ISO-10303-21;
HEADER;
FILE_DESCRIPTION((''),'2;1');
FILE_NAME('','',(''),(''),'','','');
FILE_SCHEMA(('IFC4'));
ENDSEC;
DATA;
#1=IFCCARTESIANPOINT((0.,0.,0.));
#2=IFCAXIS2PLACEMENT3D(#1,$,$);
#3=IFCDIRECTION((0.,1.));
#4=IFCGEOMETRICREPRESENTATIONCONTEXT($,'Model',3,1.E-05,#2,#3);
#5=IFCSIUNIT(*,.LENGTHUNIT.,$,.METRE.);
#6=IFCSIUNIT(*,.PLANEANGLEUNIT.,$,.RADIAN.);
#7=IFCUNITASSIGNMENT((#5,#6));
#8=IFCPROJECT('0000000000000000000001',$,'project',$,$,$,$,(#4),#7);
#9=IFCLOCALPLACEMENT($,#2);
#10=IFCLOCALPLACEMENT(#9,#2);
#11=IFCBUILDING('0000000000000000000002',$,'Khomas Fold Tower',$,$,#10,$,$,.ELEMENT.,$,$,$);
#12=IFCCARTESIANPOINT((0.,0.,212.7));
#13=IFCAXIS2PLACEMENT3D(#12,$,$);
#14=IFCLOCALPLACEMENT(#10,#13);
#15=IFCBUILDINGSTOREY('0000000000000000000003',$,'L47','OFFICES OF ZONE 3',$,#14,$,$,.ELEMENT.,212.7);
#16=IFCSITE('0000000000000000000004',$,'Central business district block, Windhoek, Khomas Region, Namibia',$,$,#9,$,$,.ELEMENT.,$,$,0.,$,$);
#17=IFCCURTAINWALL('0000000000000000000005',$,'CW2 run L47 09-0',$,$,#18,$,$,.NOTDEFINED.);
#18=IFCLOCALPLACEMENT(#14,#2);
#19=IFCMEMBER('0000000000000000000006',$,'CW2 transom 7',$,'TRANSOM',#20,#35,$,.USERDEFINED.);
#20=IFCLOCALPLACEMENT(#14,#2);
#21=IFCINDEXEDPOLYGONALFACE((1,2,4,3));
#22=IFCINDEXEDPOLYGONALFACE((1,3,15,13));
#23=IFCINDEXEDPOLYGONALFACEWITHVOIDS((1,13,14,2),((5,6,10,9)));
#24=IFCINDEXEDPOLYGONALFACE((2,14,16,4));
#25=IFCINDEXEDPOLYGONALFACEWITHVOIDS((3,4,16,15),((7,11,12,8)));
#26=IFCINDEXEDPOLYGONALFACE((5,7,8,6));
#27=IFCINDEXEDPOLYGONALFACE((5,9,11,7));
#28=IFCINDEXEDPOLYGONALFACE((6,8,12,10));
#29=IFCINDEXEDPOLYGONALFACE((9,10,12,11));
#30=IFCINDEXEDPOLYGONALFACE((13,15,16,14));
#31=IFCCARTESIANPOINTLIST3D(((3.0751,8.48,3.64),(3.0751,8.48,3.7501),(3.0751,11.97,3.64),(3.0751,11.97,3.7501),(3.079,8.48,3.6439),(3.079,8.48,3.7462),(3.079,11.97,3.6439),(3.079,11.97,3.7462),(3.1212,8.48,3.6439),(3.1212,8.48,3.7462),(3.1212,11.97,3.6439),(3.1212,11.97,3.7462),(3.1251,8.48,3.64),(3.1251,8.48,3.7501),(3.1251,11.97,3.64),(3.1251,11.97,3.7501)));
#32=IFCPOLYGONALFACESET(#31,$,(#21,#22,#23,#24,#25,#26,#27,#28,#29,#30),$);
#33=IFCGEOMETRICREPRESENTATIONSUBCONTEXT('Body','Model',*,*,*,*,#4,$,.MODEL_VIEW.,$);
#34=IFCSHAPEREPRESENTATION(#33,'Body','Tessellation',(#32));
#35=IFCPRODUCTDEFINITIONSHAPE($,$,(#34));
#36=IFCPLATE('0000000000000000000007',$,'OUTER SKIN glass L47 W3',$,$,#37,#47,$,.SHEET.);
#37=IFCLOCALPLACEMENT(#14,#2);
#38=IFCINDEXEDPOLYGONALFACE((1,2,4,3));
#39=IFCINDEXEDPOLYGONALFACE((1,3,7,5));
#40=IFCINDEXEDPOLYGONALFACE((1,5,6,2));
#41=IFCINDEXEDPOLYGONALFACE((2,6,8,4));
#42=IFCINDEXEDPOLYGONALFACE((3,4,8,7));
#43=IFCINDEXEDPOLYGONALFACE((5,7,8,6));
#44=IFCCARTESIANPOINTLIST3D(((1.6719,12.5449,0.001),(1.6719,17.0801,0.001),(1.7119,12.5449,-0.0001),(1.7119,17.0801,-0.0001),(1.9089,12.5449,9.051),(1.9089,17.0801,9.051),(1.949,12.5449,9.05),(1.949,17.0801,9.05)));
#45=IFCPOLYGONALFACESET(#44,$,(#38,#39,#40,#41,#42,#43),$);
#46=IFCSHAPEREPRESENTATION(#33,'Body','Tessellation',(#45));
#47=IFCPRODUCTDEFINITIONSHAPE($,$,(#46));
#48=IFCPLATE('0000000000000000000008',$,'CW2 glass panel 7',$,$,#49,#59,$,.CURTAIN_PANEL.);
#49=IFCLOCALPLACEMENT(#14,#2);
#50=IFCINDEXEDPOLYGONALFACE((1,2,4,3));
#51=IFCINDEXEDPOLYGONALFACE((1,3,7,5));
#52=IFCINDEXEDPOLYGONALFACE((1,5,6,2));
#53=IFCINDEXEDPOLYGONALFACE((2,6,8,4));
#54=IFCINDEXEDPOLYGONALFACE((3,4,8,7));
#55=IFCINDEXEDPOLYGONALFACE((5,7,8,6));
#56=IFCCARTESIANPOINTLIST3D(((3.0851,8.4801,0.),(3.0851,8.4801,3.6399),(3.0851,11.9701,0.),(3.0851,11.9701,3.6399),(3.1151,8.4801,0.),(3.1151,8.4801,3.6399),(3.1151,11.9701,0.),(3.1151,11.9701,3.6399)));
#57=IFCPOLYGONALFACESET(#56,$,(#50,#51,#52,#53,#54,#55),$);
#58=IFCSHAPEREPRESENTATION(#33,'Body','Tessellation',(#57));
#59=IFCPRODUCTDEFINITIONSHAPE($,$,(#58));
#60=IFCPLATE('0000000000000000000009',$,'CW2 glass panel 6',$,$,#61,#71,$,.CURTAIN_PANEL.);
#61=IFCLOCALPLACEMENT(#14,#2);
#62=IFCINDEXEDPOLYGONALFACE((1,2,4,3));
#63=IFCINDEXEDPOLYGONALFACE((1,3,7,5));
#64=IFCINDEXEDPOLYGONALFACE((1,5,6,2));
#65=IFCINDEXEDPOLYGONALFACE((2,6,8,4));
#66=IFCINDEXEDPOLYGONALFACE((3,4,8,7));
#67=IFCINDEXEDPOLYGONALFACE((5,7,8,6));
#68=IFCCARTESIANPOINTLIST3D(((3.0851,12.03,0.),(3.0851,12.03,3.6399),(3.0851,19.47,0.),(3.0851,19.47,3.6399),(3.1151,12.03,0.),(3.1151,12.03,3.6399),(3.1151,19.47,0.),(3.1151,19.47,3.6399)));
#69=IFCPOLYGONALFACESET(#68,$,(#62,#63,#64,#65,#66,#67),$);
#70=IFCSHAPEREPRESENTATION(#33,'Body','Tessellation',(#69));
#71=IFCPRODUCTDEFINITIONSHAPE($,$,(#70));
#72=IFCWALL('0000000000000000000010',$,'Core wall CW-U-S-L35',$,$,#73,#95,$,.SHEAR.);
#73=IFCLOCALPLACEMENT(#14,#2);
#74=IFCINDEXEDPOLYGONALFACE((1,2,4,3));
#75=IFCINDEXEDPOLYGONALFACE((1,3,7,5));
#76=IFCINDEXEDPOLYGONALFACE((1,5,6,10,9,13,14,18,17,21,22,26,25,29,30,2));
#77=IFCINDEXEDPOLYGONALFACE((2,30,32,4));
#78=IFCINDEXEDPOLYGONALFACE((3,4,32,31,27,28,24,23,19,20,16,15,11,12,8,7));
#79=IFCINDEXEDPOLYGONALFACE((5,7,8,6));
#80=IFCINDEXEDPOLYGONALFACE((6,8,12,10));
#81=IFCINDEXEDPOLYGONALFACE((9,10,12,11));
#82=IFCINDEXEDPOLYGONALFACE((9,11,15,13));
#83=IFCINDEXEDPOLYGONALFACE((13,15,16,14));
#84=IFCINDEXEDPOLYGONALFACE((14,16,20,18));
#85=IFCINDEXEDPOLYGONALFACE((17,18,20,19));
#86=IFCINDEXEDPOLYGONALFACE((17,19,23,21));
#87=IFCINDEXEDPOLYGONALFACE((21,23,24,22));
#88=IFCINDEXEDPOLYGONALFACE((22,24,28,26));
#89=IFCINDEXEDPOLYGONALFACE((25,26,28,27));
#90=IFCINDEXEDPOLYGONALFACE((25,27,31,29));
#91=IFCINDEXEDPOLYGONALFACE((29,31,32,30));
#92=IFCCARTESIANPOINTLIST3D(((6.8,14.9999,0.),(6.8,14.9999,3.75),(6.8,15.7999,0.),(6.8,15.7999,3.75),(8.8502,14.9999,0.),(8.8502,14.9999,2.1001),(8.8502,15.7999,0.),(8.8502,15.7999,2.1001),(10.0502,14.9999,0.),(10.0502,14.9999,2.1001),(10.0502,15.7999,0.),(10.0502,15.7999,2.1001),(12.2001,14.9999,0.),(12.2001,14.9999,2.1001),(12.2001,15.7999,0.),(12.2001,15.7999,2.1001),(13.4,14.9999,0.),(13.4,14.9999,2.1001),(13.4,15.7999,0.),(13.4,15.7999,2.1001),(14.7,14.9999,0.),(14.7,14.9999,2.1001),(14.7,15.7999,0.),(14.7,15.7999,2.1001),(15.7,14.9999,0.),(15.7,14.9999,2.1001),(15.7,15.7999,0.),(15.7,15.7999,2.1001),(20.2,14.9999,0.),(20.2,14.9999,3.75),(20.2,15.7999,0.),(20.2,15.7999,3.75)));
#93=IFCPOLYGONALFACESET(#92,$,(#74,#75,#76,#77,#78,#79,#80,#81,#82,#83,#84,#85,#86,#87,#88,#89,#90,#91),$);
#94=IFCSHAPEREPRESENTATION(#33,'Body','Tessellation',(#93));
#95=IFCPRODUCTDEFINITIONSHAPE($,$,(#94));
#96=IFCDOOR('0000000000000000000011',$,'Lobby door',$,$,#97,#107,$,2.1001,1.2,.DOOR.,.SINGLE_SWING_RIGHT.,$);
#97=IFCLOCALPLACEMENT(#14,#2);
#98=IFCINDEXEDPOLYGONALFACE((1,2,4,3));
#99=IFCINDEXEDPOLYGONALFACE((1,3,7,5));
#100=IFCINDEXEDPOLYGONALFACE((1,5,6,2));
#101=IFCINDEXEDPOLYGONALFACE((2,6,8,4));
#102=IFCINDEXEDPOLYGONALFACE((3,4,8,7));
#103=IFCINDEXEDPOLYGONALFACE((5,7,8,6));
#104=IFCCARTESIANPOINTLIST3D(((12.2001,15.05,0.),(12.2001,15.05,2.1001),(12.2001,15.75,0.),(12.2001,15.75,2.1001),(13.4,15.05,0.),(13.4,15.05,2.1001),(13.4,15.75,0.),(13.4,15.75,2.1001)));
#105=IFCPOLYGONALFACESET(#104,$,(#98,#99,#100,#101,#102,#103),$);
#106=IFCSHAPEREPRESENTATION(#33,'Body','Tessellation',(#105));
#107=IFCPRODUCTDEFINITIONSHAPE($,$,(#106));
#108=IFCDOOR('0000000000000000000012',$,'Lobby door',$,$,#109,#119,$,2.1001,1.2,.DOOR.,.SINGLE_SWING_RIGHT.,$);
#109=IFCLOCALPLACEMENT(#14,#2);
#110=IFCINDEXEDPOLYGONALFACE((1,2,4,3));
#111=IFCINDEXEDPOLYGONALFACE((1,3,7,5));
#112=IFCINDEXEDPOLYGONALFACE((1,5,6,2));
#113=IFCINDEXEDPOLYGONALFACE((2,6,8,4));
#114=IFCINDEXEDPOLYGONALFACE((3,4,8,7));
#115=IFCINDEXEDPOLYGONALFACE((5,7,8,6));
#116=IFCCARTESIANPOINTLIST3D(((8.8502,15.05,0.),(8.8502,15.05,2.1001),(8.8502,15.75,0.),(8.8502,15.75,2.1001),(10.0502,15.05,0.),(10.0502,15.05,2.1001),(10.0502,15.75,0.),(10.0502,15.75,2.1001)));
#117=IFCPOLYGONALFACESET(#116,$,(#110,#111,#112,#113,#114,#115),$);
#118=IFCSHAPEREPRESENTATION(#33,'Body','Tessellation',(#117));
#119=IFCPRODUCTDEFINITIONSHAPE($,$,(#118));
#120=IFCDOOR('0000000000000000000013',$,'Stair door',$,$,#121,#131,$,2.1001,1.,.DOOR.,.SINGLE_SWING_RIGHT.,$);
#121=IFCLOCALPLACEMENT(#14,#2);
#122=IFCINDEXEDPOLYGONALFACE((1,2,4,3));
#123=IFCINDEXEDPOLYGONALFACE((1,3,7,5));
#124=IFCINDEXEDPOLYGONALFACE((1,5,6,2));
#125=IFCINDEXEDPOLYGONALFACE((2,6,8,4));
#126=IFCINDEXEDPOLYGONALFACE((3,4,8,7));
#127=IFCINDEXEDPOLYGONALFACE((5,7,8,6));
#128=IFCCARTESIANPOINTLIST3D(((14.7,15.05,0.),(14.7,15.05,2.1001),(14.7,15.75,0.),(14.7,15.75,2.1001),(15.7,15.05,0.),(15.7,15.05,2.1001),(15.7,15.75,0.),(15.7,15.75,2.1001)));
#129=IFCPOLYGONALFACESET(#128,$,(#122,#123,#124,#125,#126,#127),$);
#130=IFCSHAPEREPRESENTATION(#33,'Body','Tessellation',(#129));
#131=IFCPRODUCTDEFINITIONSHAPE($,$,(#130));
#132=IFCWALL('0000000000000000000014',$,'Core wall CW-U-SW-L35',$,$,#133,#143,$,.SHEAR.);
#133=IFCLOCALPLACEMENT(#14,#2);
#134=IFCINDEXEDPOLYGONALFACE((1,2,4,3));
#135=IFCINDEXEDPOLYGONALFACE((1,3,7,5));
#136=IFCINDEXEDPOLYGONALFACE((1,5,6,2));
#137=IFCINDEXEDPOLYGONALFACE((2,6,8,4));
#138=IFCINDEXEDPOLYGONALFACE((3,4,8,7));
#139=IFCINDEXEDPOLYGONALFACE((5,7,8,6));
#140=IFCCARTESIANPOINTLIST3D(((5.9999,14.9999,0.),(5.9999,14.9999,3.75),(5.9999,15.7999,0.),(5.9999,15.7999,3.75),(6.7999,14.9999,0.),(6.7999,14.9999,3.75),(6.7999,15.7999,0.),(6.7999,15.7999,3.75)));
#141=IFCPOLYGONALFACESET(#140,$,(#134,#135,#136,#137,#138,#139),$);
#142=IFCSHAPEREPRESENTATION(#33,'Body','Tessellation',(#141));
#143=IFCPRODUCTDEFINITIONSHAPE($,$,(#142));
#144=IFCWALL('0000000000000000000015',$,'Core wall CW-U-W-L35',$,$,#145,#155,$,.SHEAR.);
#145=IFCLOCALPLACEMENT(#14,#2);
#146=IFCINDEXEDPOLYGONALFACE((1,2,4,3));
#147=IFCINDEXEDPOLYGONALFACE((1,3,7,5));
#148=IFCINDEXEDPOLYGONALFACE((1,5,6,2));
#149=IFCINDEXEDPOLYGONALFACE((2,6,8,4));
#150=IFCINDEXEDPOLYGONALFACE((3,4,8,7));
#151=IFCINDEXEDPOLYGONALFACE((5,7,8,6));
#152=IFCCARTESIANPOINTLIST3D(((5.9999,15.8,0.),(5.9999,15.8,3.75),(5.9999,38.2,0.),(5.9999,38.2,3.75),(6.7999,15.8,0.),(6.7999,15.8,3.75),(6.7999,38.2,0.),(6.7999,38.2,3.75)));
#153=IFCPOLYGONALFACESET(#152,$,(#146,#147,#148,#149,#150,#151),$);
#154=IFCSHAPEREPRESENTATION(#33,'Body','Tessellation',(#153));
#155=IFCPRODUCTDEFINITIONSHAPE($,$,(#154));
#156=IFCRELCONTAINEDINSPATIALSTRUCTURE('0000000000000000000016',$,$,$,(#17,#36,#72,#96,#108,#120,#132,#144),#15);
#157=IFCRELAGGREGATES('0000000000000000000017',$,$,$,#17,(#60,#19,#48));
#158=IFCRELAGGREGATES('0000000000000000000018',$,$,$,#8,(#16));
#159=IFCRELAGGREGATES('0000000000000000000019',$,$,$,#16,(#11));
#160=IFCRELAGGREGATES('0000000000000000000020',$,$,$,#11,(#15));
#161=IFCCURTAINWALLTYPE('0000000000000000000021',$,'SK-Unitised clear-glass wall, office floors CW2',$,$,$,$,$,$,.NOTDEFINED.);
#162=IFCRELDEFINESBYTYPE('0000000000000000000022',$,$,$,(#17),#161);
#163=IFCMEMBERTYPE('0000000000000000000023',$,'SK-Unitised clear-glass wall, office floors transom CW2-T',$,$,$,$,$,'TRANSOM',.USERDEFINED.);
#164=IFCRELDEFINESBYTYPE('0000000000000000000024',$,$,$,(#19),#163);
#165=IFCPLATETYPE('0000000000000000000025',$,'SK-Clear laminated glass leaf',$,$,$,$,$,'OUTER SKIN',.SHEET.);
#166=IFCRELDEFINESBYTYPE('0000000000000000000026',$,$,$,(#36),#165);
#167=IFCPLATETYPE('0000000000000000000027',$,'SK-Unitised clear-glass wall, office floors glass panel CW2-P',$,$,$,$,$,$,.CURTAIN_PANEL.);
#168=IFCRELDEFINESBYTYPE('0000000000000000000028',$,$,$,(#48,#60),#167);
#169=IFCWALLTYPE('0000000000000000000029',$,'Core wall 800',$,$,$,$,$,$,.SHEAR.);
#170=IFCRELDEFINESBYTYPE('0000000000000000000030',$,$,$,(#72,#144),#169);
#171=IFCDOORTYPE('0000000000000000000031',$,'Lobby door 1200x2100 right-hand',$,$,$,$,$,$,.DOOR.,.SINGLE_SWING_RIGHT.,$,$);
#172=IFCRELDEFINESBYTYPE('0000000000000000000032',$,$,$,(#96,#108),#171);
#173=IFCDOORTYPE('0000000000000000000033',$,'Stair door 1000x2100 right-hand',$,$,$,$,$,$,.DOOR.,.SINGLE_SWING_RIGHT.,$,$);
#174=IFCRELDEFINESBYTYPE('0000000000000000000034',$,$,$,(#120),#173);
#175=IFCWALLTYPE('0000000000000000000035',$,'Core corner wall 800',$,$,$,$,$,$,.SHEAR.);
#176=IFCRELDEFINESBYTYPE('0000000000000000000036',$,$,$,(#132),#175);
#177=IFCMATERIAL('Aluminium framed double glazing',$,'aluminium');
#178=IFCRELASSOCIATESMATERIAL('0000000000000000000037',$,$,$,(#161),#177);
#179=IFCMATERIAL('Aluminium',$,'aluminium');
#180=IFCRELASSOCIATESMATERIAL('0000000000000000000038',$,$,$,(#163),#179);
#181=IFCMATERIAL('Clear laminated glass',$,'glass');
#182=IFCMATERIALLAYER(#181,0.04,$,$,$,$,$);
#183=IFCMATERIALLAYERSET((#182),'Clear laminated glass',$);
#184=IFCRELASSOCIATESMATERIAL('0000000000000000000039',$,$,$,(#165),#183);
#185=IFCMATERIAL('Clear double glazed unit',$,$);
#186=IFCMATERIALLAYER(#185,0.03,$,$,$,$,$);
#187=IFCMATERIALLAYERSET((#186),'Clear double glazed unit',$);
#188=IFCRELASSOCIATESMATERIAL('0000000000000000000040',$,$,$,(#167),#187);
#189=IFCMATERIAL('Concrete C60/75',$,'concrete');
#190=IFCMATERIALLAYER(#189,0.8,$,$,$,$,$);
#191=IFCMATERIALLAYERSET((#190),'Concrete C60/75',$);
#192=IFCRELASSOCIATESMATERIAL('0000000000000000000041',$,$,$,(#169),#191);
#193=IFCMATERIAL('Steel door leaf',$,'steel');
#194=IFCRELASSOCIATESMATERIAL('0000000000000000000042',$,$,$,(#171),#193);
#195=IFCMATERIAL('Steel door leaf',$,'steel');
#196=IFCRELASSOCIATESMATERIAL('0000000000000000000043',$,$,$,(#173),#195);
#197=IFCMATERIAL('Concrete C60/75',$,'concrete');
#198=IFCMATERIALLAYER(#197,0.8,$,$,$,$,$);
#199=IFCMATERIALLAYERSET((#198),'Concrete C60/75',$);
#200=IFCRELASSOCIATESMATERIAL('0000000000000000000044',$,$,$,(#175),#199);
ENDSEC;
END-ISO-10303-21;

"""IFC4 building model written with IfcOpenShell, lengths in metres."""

from ifc_helpers import new_model, si_unit, direction, frame, frame_2d, origin, origin_2d, place, context, subcontext, project, spatial, polyline, rectangle, hollow_rectangle, outline, extrude, source, transform, mapped, material, layer, layer_set, material_profile, profile_set, type_object, element, fill, aggregate, save


model = new_model("IFC4")

# Units and contexts
model_context = context("Model", 3, precision=1e-05, world=origin(), true_north=direction((0.0, 1.0)))
body_context = subcontext(model_context, "Body", "Model", "MODEL_VIEW")
ifc_project = project(units=[si_unit("LENGTHUNIT", "METRE"), si_unit("PLANEANGLEUNIT", "RADIAN")], contexts=[model_context])

# Site, building, storey
site_placement = place(None, origin())
site = spatial("IfcSite", under=ifc_project, at=site_placement, Name="Central business district block, Windhoek, Khomas Region, Namibia", CompositionType="ELEMENT", RefElevation=0.0)
building_placement = place(site_placement, origin())
building = spatial("IfcBuilding", under=site, at=building_placement, Name="Khomas Fold Tower", CompositionType="ELEMENT")
storey_placement = place(building_placement, frame((0.0, 0.0, 212.7)))
storey = spatial("IfcBuildingStorey", under=building, at=storey_placement, Name="L47", Description="OFFICES OF ZONE 3", CompositionType="ELEMENT", Elevation=212.7)

# Curtain wall, member
ifc_material_1 = material(Name="Aluminium framed double glazing", Category="aluminium")
curtain_wall_type = type_object("IfcCurtainWallType", Name="SK-Unitised clear-glass wall, office floors CW2", PredefinedType="NOTDEFINED", material=ifc_material_1)
curtain_wall_placement = place(storey_placement, origin())
curtain_wall = element("IfcCurtainWall", 1, at=curtain_wall_placement, inside=storey, type_object=curtain_wall_type, Name="CW2 run L47 09-0", PredefinedType="NOTDEFINED")
ifc_material_2 = material(Name="Aluminium", Category="aluminium")
ifc_material_profile_1 = material_profile(ifc_material_2, hollow_rectangle(XDim=0.05, YDim=0.1101, WallThickness=0.0039, at=origin_2d()), Name="SK-Unitised clear-glass wall, office floors transom CW2-T")
ifc_profile_set_1 = profile_set([ifc_material_profile_1], Name="Aluminium")
member_type_1 = type_object("IfcMemberType", Name="SK-Unitised clear-glass wall, office floors transom CW2-T", ElementType="TRANSOM", PredefinedType="USERDEFINED", material=ifc_profile_set_1)
shared_shape_1 = source(origin(), body_context, "Body", "SweptSolid", [
    extrude(hollow_rectangle(XDim=0.05, YDim=0.1101, WallThickness=0.0039, at=origin_2d()), origin(), (0.0, 0.0, 1.0), 3.49),
])
member_1_placement = place(storey_placement, frame((3.1001, 11.97, 3.6951), z_axis=(0.0, -1.0, 0.0), x_axis=(1.0, 0.0, 0.0)))
member_1 = element("IfcMember", 2, at=member_1_placement, type_object=member_type_1, Name="CW2 transom 7", ObjectType="TRANSOM", PredefinedType="USERDEFINED", context=body_context, shape_type="MappedRepresentation", body=[
    mapped(shared_shape_1, transform((0.0, 0.0, 0.0))),
])

# Plates
ifc_material_3 = material(Name="Clear laminated glass", Category="glass")
ifc_layer_1 = layer(ifc_material_3, 0.04)
ifc_layer_set_1 = layer_set([ifc_layer_1], Name="Clear laminated glass")
plate_type_1 = type_object("IfcPlateType", Name="SK-Clear laminated glass leaf", ElementType="OUTER SKIN", PredefinedType="SHEET", material=ifc_layer_set_1)
plate_1_placement = place(storey_placement, frame((1.6719, 12.5449, 0.001), z_axis=(-0.999657, 0.0, 0.026185), x_axis=(0.0, 1.0, 0.0)))
element("IfcPlate", 3, at=plate_1_placement, inside=storey, type_object=plate_type_1, Name="OUTER SKIN glass L47 W3", PredefinedType="SHEET", context=body_context, shape_type="SweptSolid", body=[
    extrude(outline(polyline([(0.0, 0.0), (4.5352, 0.0), (4.5352, -9.0532), (0.0, -9.0532), (0.0, 0.0)])), origin(), (0.0, 0.0, -1.0), 0.04),
])
ifc_material_4 = material(Name="Clear double glazed unit")
ifc_layer_2 = layer(ifc_material_4, 0.03)
ifc_layer_set_2 = layer_set([ifc_layer_2], Name="Clear double glazed unit")
plate_type_2 = type_object("IfcPlateType", Name="SK-Unitised clear-glass wall, office floors glass panel CW2-P", PredefinedType="CURTAIN_PANEL", material=ifc_layer_set_2)
shared_shape_2 = source(origin(), body_context, "Body", "SweptSolid", [
    extrude(rectangle(XDim=3.49, YDim=0.03, at=origin_2d()), origin(), (0.0, 0.0, 1.0), 3.6399),
])
plate_2_placement = place(storey_placement, frame((3.1001, 10.2251, 0.0), z_axis=(0.0, 0.0, 1.0), x_axis=(0.0, -1.0, 0.0)))
plate_2 = element("IfcPlate", 4, at=plate_2_placement, type_object=plate_type_2, Name="CW2 glass panel 7", PredefinedType="CURTAIN_PANEL", context=body_context, shape_type="MappedRepresentation", body=[
    mapped(shared_shape_2, transform((0.0, 0.0, 0.0))),
])
shared_shape_3 = source(origin(), body_context, "Body", "SweptSolid", [
    extrude(rectangle(XDim=7.4399, YDim=0.03, at=origin_2d()), origin(), (0.0, 0.0, 1.0), 3.6399),
])
plate_3_placement = place(storey_placement, frame((3.1001, 15.75, 0.0), z_axis=(0.0, 0.0, 1.0), x_axis=(0.0, -1.0, 0.0)))
plate_3 = element("IfcPlate", 5, at=plate_3_placement, type_object=plate_type_2, Name="CW2 glass panel 6", PredefinedType="CURTAIN_PANEL", context=body_context, shape_type="MappedRepresentation", body=[
    mapped(shared_shape_3, transform((0.0, 0.0, 0.0))),
])
aggregate(curtain_wall, [plate_3, member_1, plate_2])

# Wall, openings, doors
ifc_material_5 = material(Name="Concrete C60/75", Category="concrete")
ifc_layer_3 = layer(ifc_material_5, 0.8)
ifc_layer_set_3 = layer_set([ifc_layer_3], Name="Concrete C60/75")
wall_type_1 = type_object("IfcWallType", Name="Core wall 800", PredefinedType="SHEAR", material=ifc_layer_set_3)
shared_shape_4 = source(origin(), body_context, "Body", "SweptSolid", [
    extrude(rectangle(XDim=13.3999, YDim=0.8, at=frame_2d((6.7, 0.0))), origin(), (0.0, 0.0, 1.0), 3.75),
])
wall_1_placement = place(storey_placement, frame((6.8, 15.3999, 0.0), z_axis=(0.0, 0.0, 1.0), x_axis=(1.0, 0.0, 0.0)))
wall_1 = element("IfcWall", 6, at=wall_1_placement, inside=storey, type_object=wall_type_1, Name="Core wall CW-U-S-L35", PredefinedType="SHEAR", context=body_context, shape_type="MappedRepresentation", body=[
    mapped(shared_shape_4, transform((0.0, 0.0, 0.0))),
])
shared_shape_5 = source(origin(), body_context, "Body", "SweptSolid", [
    extrude(rectangle(XDim=1.2, YDim=2.1001, at=frame_2d((0.6001, 1.05))), frame((0.0, 0.4099, 0.0), z_axis=(0.0, -1.0, 0.0), x_axis=(1.0, 0.0, 0.0)), (0.0, 0.0, 1.0), 0.8201),
])
opening_1_placement = place(wall_1_placement, frame((5.3999, 0.0, 0.0)))
opening_1 = element("IfcOpeningElement", 7, at=opening_1_placement, cuts=wall_1, PredefinedType="OPENING", context=body_context, shape_type="MappedRepresentation", body=[
    mapped(shared_shape_5, transform((0.0, 0.0, 0.0))),
])
opening_2_placement = place(wall_1_placement, frame((2.05, 0.0, 0.0)))
opening_2 = element("IfcOpeningElement", 8, at=opening_2_placement, cuts=wall_1, PredefinedType="OPENING", context=body_context, shape_type="MappedRepresentation", body=[
    mapped(shared_shape_5, transform((0.0, 0.0, 0.0))),
])
shared_shape_6 = source(origin(), body_context, "Body", "SweptSolid", [
    extrude(rectangle(XDim=1.0, YDim=2.1001, at=frame_2d((0.5, 1.05))), frame((0.0, 0.4099, 0.0), z_axis=(0.0, -1.0, 0.0), x_axis=(1.0, 0.0, 0.0)), (0.0, 0.0, 1.0), 0.8201),
])
opening_3_placement = place(wall_1_placement, frame((7.8999, 0.0, 0.0)))
opening_3 = element("IfcOpeningElement", 9, at=opening_3_placement, cuts=wall_1, PredefinedType="OPENING", context=body_context, shape_type="MappedRepresentation", body=[
    mapped(shared_shape_6, transform((0.0, 0.0, 0.0))),
])
ifc_material_6 = material(Name="Steel door leaf", Category="steel")
door_type_1 = type_object("IfcDoorType", Name="Lobby door 1200x2100 right-hand", OperationType="SINGLE_SWING_RIGHT", PredefinedType="DOOR", material=ifc_material_6)
shared_shape_7 = source(origin(), body_context, "Body", "SweptSolid", [
    extrude(rectangle(XDim=1.2, YDim=2.1001, at=frame_2d((0.6001, 1.05))), frame((0.0, 0.3501, 0.0), z_axis=(0.0, -1.0, 0.0), x_axis=(1.0, 0.0, 0.0)), (0.0, 0.0, 1.0), 0.7),
])
door_1_placement = place(opening_1_placement, origin())
door_1 = element("IfcDoor", 10, at=door_1_placement, inside=storey, type_object=door_type_1, Name="Lobby door", OperationType="SINGLE_SWING_RIGHT", OverallHeight=2.1001, OverallWidth=1.2, PredefinedType="DOOR", context=body_context, shape_type="MappedRepresentation", body=[
    mapped(shared_shape_7, transform((0.0, 0.0, 0.0))),
])
fill(opening_1, door_1)
door_2_placement = place(opening_2_placement, origin())
door_2 = element("IfcDoor", 11, at=door_2_placement, inside=storey, type_object=door_type_1, Name="Lobby door", OperationType="SINGLE_SWING_RIGHT", OverallHeight=2.1001, OverallWidth=1.2, PredefinedType="DOOR", context=body_context, shape_type="MappedRepresentation", body=[
    mapped(shared_shape_7, transform((0.0, 0.0, 0.0))),
])
fill(opening_2, door_2)
ifc_material_7 = material(Name="Steel door leaf", Category="steel")
door_type_2 = type_object("IfcDoorType", Name="Stair door 1000x2100 right-hand", OperationType="SINGLE_SWING_RIGHT", PredefinedType="DOOR", material=ifc_material_7)
shared_shape_8 = source(origin(), body_context, "Body", "SweptSolid", [
    extrude(rectangle(XDim=1.0, YDim=2.1001, at=frame_2d((0.5, 1.05))), frame((0.0, 0.3501, 0.0), z_axis=(0.0, -1.0, 0.0), x_axis=(1.0, 0.0, 0.0)), (0.0, 0.0, 1.0), 0.7),
])
door_3_placement = place(opening_3_placement, origin())
door_3 = element("IfcDoor", 12, at=door_3_placement, inside=storey, type_object=door_type_2, Name="Stair door", OperationType="SINGLE_SWING_RIGHT", OverallHeight=2.1001, OverallWidth=1.0, PredefinedType="DOOR", context=body_context, shape_type="MappedRepresentation", body=[
    mapped(shared_shape_8, transform((0.0, 0.0, 0.0))),
])
fill(opening_3, door_3)

# Walls
ifc_material_8 = material(Name="Concrete C60/75", Category="concrete")
ifc_layer_4 = layer(ifc_material_8, 0.8)
ifc_layer_set_4 = layer_set([ifc_layer_4], Name="Concrete C60/75")
wall_type_2 = type_object("IfcWallType", Name="Core corner wall 800", PredefinedType="SHEAR", material=ifc_layer_set_4)
shared_shape_9 = source(origin(), body_context, "Body", "SweptSolid", [
    extrude(rectangle(XDim=0.8, YDim=0.8, at=frame_2d((0.3999, 0.0))), origin(), (0.0, 0.0, 1.0), 3.75),
])
wall_2_placement = place(storey_placement, frame((6.0, 15.3999, 0.0), z_axis=(0.0, 0.0, 1.0), x_axis=(1.0, 0.0, 0.0)))
element("IfcWall", 13, at=wall_2_placement, inside=storey, type_object=wall_type_2, Name="Core wall CW-U-SW-L35", PredefinedType="SHEAR", context=body_context, shape_type="MappedRepresentation", body=[
    mapped(shared_shape_9, transform((0.0, 0.0, 0.0))),
])
shared_shape_10 = source(origin(), body_context, "Body", "SweptSolid", [
    extrude(rectangle(XDim=22.3999, YDim=0.8, at=frame_2d((11.2, 0.0))), origin(), (0.0, 0.0, 1.0), 3.75),
])
wall_3_placement = place(storey_placement, frame((6.3999, 15.8, 0.0), z_axis=(0.0, 0.0, 1.0), x_axis=(0.0, 1.0, 0.0)))
element("IfcWall", 14, at=wall_3_placement, inside=storey, type_object=wall_type_1, Name="Core wall CW-U-W-L35", PredefinedType="SHEAR", context=body_context, shape_type="MappedRepresentation", body=[
    mapped(shared_shape_10, transform((0.0, 0.0, 0.0))),
])

save(model, "model.ifc")
